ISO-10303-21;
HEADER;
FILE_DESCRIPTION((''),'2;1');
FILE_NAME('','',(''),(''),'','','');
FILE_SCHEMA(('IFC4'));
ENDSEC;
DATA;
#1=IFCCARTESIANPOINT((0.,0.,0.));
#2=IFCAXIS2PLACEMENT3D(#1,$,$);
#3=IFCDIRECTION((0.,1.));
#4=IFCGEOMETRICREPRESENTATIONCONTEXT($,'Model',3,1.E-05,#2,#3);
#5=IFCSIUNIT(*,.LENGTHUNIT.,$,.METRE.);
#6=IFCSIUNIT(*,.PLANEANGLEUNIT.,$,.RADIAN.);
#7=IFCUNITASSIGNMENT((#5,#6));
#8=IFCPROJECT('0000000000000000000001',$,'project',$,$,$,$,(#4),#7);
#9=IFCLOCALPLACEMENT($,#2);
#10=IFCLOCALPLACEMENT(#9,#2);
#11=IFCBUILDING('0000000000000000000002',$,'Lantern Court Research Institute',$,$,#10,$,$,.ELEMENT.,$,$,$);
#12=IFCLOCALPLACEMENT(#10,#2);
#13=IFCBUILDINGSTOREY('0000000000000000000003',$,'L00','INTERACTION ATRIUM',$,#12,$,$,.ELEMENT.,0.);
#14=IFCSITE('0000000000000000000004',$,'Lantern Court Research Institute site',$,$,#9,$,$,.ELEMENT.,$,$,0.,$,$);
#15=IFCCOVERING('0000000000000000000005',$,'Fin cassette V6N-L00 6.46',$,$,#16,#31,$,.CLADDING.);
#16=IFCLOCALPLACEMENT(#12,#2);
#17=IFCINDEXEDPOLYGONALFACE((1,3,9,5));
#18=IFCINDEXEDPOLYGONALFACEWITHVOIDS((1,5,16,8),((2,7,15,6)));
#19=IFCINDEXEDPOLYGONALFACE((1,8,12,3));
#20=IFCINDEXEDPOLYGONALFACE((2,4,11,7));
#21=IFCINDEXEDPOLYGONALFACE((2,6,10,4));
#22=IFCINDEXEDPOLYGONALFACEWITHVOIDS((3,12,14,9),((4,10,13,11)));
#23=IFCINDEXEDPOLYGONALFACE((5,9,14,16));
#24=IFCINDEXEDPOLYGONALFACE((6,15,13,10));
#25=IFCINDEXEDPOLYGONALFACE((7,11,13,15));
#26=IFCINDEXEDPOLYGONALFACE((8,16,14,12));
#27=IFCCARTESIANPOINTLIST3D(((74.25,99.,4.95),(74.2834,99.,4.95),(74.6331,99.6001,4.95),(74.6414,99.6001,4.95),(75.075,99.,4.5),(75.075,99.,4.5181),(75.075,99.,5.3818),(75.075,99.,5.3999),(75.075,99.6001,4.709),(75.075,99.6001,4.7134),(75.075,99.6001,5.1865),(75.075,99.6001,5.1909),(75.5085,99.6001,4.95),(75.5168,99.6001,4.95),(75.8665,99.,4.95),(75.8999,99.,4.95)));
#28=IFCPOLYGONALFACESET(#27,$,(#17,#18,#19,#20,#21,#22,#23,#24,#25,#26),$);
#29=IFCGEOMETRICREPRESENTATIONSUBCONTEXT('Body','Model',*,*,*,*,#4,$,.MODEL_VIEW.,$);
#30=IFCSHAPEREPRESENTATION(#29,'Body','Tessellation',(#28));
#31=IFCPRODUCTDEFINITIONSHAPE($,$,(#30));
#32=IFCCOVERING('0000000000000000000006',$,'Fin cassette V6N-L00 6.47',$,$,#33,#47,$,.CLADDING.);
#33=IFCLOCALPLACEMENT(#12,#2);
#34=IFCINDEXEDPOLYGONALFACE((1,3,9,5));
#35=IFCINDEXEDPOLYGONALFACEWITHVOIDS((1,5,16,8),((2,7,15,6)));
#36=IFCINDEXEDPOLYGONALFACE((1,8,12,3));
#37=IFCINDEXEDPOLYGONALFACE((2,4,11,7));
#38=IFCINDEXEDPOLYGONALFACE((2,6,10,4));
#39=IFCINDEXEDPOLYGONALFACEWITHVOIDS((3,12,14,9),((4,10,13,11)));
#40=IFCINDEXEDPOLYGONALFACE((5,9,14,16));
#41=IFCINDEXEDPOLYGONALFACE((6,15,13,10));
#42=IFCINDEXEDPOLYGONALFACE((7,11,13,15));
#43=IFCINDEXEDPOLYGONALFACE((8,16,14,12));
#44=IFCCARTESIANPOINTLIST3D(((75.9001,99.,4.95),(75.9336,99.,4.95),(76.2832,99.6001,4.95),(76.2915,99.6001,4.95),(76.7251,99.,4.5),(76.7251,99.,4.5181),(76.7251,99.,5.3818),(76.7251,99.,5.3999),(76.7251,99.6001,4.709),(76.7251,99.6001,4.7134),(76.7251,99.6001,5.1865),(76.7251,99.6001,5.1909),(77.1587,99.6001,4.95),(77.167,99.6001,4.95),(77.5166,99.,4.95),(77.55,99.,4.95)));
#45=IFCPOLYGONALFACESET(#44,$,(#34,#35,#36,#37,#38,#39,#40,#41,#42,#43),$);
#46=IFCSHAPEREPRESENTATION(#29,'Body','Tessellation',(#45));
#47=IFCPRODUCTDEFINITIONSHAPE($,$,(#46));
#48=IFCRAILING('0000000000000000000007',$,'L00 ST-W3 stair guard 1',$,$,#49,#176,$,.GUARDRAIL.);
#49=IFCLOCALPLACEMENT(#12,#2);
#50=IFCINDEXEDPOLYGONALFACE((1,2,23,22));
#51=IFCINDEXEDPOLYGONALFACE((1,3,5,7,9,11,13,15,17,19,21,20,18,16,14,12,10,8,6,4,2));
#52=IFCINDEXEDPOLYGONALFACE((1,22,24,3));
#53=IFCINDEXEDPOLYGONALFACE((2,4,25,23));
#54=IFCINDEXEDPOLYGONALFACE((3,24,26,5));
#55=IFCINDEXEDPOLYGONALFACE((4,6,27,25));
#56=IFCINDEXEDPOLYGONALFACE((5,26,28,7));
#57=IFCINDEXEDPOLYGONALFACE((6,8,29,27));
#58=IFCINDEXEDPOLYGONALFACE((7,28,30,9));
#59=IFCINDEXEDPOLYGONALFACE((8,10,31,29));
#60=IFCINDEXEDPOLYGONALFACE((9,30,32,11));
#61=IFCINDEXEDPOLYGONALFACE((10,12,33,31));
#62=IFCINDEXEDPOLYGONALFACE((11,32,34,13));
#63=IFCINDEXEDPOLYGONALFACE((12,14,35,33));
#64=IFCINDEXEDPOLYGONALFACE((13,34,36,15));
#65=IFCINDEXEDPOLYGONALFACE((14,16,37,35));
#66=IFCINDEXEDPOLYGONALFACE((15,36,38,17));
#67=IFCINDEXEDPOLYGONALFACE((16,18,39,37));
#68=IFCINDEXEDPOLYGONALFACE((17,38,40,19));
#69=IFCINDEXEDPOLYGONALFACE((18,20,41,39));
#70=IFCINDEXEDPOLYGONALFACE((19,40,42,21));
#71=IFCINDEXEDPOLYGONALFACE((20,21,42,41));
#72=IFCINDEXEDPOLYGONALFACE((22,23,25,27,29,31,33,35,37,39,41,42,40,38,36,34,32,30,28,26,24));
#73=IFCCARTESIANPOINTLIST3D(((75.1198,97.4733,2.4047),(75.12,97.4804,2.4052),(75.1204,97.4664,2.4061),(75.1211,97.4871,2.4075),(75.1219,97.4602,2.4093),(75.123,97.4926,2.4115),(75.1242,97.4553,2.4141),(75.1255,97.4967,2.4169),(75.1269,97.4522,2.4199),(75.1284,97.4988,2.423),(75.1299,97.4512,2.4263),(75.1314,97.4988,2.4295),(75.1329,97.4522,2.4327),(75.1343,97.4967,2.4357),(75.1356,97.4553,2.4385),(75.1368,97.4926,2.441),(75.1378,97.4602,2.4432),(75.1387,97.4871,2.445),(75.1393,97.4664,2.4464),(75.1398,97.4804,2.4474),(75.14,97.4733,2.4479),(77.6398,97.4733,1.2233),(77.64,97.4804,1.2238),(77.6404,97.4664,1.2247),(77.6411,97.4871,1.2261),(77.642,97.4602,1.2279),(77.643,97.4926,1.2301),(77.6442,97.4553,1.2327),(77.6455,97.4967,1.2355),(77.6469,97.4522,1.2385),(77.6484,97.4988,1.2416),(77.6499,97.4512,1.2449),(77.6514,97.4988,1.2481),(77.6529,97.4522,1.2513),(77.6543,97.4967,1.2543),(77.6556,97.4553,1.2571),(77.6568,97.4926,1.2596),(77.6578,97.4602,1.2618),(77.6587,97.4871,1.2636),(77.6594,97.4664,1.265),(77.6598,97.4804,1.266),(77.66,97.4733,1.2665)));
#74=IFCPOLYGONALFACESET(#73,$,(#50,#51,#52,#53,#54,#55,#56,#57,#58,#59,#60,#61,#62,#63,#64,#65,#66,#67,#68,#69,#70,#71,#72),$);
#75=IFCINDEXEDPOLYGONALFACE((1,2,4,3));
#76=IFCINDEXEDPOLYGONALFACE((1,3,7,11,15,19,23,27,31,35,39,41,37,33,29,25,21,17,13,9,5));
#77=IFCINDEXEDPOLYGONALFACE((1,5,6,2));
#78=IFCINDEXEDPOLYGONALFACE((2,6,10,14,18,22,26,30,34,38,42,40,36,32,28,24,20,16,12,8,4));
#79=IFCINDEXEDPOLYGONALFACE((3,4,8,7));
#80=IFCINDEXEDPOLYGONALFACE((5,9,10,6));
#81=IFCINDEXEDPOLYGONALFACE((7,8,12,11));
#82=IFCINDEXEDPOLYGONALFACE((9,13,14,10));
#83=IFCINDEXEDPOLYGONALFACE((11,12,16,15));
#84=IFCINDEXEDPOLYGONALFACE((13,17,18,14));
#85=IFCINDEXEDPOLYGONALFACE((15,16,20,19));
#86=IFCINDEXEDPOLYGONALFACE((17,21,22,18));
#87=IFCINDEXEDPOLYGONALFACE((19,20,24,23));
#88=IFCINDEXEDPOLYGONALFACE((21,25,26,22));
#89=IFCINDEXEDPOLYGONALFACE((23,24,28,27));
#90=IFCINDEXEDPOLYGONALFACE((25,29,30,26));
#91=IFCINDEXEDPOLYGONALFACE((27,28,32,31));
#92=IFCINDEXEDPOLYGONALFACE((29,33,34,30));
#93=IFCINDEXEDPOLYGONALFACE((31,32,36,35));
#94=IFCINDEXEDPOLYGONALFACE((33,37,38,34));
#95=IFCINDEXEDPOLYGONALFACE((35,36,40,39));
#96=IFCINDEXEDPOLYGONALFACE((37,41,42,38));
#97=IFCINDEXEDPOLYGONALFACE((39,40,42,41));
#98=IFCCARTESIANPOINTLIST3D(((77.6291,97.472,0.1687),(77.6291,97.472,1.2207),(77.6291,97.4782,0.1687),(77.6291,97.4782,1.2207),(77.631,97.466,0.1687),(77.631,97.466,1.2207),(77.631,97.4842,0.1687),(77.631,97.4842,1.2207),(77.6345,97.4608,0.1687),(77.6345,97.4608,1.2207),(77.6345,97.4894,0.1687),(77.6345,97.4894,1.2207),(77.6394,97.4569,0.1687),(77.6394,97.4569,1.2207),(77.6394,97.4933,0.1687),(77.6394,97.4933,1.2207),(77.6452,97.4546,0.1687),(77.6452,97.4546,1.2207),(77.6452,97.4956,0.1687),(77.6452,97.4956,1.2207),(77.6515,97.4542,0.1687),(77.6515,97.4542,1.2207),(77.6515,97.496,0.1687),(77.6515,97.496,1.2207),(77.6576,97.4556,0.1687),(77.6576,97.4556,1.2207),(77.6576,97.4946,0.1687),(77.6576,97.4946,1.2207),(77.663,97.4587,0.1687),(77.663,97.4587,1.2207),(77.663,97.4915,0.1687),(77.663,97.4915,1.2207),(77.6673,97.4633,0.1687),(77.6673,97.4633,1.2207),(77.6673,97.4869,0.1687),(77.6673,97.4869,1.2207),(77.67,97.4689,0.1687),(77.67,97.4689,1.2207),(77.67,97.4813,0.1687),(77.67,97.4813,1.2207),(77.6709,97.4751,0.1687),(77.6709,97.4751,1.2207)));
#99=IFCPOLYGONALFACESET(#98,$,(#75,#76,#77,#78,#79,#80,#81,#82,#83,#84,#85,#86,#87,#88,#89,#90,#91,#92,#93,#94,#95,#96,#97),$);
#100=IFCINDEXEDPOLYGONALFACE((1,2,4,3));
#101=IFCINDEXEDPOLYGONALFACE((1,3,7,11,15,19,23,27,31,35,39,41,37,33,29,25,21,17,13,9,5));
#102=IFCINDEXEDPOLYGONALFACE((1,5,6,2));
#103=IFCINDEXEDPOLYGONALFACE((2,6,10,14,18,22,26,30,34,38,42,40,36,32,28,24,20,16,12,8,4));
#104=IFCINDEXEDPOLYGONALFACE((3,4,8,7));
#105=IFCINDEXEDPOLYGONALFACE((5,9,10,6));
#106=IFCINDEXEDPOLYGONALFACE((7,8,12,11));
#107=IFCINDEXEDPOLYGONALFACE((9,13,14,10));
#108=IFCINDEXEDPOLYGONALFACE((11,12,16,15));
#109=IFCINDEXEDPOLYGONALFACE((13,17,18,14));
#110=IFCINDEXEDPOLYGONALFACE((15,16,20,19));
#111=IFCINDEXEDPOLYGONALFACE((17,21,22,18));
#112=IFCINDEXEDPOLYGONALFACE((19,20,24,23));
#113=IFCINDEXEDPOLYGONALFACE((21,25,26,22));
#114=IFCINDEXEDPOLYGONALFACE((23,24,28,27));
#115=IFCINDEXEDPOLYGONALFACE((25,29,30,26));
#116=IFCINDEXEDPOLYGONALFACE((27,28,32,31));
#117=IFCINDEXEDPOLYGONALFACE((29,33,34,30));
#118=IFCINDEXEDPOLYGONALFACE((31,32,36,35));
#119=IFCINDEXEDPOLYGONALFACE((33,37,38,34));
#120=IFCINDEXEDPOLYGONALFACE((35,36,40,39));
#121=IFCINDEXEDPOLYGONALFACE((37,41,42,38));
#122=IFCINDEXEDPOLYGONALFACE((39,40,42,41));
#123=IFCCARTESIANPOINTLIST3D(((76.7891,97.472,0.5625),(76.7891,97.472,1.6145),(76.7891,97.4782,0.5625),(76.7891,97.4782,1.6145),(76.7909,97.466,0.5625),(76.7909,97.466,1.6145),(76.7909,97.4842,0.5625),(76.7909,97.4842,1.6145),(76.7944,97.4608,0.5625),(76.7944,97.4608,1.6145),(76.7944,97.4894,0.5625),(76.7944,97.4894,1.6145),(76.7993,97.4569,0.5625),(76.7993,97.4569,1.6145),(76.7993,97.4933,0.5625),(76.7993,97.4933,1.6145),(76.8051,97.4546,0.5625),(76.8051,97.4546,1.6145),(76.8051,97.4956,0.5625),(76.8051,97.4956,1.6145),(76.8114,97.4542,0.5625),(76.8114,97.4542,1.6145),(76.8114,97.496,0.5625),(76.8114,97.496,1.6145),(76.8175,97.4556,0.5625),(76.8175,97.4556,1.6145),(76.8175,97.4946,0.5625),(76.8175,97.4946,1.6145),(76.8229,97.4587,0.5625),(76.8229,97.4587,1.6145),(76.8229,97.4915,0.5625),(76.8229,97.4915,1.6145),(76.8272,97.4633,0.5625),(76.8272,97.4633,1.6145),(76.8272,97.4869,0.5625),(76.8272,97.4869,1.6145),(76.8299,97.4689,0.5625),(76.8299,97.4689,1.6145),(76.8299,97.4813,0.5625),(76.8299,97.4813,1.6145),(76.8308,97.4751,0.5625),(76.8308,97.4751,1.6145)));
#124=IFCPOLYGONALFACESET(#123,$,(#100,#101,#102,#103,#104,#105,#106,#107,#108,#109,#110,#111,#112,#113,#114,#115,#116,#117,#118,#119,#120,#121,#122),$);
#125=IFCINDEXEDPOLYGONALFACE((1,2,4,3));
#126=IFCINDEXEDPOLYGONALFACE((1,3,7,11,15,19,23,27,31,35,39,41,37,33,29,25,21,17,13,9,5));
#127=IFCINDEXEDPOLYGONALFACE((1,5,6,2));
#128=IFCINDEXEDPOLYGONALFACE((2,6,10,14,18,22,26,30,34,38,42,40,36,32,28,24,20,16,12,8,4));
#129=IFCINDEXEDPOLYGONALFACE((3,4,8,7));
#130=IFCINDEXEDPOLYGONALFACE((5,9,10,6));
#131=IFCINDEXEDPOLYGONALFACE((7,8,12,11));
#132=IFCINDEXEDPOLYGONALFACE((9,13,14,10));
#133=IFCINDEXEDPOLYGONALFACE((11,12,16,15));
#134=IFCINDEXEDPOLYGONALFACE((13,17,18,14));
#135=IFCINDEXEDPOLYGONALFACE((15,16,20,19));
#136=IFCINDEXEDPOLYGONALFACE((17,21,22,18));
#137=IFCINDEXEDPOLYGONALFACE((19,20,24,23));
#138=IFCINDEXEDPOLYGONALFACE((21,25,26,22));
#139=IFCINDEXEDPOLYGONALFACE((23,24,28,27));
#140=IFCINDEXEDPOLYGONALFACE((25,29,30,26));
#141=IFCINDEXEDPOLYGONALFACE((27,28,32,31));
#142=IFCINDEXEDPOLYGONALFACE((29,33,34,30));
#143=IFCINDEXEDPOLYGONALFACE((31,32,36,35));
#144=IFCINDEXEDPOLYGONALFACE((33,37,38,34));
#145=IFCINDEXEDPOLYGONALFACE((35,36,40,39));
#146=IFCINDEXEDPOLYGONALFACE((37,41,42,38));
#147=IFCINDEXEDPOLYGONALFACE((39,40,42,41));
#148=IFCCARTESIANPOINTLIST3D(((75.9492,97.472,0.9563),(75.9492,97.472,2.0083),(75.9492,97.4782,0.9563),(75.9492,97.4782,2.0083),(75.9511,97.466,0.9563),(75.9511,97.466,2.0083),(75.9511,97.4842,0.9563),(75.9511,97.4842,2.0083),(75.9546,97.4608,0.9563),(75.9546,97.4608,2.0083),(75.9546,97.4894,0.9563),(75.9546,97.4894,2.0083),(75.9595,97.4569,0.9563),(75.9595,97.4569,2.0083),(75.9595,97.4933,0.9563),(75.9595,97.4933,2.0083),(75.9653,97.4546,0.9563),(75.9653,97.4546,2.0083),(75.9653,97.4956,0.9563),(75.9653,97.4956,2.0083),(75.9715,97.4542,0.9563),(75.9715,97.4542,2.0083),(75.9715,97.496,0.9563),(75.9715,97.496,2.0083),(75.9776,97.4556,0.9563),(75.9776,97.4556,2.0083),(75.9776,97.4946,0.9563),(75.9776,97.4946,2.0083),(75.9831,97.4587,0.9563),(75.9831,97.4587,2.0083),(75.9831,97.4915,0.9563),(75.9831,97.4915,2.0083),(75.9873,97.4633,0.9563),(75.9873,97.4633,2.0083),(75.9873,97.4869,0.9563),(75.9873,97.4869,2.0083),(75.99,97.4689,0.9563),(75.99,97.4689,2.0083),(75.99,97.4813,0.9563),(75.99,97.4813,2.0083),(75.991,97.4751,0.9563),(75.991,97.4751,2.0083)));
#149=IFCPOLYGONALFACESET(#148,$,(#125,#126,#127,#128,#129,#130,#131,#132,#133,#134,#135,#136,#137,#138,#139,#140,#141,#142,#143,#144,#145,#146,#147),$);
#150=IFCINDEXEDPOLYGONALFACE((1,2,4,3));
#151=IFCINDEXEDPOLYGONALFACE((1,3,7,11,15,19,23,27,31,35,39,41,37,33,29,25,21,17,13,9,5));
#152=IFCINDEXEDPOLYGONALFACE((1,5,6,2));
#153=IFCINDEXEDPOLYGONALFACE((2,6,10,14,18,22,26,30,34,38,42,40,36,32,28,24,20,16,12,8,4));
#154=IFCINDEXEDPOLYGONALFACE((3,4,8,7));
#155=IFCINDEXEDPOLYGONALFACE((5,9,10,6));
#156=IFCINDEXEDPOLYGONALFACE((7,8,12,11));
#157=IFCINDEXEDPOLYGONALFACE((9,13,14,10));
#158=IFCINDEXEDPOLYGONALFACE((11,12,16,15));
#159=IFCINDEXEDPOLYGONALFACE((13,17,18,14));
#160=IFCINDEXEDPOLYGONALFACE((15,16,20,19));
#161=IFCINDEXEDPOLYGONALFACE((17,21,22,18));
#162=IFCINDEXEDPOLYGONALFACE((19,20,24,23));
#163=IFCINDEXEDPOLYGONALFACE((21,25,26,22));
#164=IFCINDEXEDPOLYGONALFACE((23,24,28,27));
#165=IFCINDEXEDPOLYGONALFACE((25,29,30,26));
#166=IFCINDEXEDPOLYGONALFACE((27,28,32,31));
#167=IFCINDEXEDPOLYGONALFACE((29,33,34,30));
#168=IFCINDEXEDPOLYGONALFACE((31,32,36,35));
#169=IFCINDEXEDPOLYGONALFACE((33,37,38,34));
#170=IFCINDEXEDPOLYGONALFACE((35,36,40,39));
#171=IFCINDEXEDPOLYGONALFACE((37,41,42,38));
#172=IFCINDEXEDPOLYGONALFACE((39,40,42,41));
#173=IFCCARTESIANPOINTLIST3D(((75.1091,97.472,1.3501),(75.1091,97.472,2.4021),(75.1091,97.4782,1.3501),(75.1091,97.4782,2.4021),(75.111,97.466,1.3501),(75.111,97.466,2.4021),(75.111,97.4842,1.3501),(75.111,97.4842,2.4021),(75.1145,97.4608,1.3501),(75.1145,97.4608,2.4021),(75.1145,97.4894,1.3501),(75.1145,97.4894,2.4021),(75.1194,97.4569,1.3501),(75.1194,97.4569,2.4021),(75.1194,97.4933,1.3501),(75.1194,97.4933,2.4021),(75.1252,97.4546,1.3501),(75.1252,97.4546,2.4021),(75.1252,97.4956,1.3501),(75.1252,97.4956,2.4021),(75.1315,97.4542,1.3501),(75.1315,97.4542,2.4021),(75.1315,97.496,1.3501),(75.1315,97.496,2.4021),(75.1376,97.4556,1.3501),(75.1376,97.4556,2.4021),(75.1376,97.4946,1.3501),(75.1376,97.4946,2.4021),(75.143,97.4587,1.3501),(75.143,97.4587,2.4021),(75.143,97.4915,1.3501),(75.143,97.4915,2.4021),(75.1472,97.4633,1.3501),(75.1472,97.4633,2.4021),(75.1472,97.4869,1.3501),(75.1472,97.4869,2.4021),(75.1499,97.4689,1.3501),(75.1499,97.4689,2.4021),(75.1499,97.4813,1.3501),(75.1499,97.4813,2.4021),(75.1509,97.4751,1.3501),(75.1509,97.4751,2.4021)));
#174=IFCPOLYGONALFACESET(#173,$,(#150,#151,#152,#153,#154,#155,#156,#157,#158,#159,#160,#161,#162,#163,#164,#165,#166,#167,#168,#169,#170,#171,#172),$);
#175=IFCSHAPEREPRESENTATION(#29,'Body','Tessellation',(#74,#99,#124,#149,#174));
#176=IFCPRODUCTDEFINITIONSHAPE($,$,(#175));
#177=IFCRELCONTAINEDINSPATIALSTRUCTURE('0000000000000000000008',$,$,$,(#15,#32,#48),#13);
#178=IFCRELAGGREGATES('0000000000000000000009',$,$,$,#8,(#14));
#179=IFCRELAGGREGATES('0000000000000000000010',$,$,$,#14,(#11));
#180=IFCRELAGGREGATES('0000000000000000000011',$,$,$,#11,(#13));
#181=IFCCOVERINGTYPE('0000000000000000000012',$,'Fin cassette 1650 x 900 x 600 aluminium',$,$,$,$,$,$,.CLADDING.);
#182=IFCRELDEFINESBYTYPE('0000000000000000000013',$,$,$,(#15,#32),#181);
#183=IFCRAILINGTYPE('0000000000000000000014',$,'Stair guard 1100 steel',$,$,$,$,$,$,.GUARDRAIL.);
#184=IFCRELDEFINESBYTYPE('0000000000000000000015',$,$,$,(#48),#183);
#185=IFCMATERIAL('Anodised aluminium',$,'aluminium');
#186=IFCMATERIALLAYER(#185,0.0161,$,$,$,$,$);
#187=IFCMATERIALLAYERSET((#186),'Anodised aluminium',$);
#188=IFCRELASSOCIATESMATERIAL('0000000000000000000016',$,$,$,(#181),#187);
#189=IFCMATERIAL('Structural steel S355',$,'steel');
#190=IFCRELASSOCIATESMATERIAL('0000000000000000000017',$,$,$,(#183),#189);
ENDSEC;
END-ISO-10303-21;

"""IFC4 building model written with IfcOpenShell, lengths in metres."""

from ifc_helpers import new_model, entity, si_unit, direction, frame, origin, origin_2d, place, context, subcontext, project, spatial, circle, extrude, material, layer, layer_set, type_object, element, save


model = new_model("IFC4")

# Units and contexts
model_context = context("Model", 3, precision=1e-05, world=origin(), true_north=direction((0.0, 1.0)))
body_context = subcontext(model_context, "Body", "Model", "MODEL_VIEW")
ifc_project = project(units=[si_unit("LENGTHUNIT", "METRE"), si_unit("PLANEANGLEUNIT", "RADIAN")], contexts=[model_context])

# Site, building, storey
site_placement = place(None, origin())
site = spatial("IfcSite", under=ifc_project, at=site_placement, Name="Lantern Court Research Institute site", CompositionType="ELEMENT", RefElevation=0.0)
building_placement = place(site_placement, origin())
building = spatial("IfcBuilding", under=site, at=building_placement, Name="Lantern Court Research Institute", CompositionType="ELEMENT")
storey_placement = place(building_placement, origin())
storey = spatial("IfcBuildingStorey", under=building, at=storey_placement, Name="L00", Description="INTERACTION ATRIUM", CompositionType="ELEMENT", Elevation=0.0)

# Coverings
ifc_material_1 = material(Name="Anodised aluminium", Category="aluminium")
ifc_layer = layer(ifc_material_1, 0.0161)
ifc_layer_set = layer_set([ifc_layer], Name="Anodised aluminium")
covering_type = type_object("IfcCoveringType", Name="Fin cassette 1650 x 900 x 600 aluminium", PredefinedType="CLADDING", material=ifc_layer_set)
covering_1_placement = place(storey_placement, frame((75.075, 99.0, 4.95), z_axis=(0.0, 1.0, 0.0), x_axis=(-1.0, 0.0, 0.0)))
cartesian_point_1 = entity("IfcCartesianPoint", [0.825, 0.0])
cartesian_point_2 = entity("IfcCartesianPoint", [0.7915, 0.0])
cartesian_point_3 = entity("IfcCartesianPoint", [0.4419, 0.0])
cartesian_point_4 = entity("IfcCartesianPoint", [0.4336, 0.0])
element("IfcCovering", 1, at=covering_1_placement, inside=storey, type_object=covering_type, Name="Fin cassette V6N-L00 6.46", PredefinedType="CLADDING", context=body_context, shape_type="SweptSolid", body=[
    entity("IfcExtrudedAreaSolidTapered", entity("IfcArbitraryProfileDefWithVoids", "AREA", None, entity("IfcPolyline", [cartesian_point_1, entity("IfcCartesianPoint", [0.0, 0.45]), entity("IfcCartesianPoint", [-0.825, 0.0]), entity("IfcCartesianPoint", [0.0, -0.45]), cartesian_point_1]), [entity("IfcPolyline", [cartesian_point_2, entity("IfcCartesianPoint", [0.0, 0.4319]), entity("IfcCartesianPoint", [-0.7915, 0.0]), entity("IfcCartesianPoint", [0.0, -0.4319]), cartesian_point_2])]), entity("IfcAxis2Placement3D", entity("IfcCartesianPoint", [0.0, 0.0, 0.0])), entity("IfcDirection", [0.0, 0.0, 1.0]), 0.6001, entity("IfcArbitraryProfileDefWithVoids", "AREA", None, entity("IfcPolyline", [cartesian_point_3, entity("IfcCartesianPoint", [0.0, 0.241]), entity("IfcCartesianPoint", [-0.4419, 0.0]), entity("IfcCartesianPoint", [0.0, -0.241]), cartesian_point_3]), [entity("IfcPolyline", [cartesian_point_4, entity("IfcCartesianPoint", [0.0, 0.2366]), entity("IfcCartesianPoint", [-0.4336, 0.0]), entity("IfcCartesianPoint", [0.0, -0.2366]), cartesian_point_4])])),
])
covering_2_placement = place(storey_placement, frame((76.7251, 99.0, 4.95), z_axis=(0.0, 1.0, 0.0), x_axis=(-1.0, 0.0, 0.0)))
cartesian_point_5 = entity("IfcCartesianPoint", [0.825, 0.0])
cartesian_point_6 = entity("IfcCartesianPoint", [0.7915, 0.0])
cartesian_point_7 = entity("IfcCartesianPoint", [0.4419, 0.0])
cartesian_point_8 = entity("IfcCartesianPoint", [0.4336, 0.0])
element("IfcCovering", 2, at=covering_2_placement, inside=storey, type_object=covering_type, Name="Fin cassette V6N-L00 6.47", PredefinedType="CLADDING", context=body_context, shape_type="SweptSolid", body=[
    entity("IfcExtrudedAreaSolidTapered", entity("IfcArbitraryProfileDefWithVoids", "AREA", None, entity("IfcPolyline", [cartesian_point_5, entity("IfcCartesianPoint", [0.0, 0.45]), entity("IfcCartesianPoint", [-0.825, 0.0]), entity("IfcCartesianPoint", [0.0, -0.45]), cartesian_point_5]), [entity("IfcPolyline", [cartesian_point_6, entity("IfcCartesianPoint", [0.0, 0.4319]), entity("IfcCartesianPoint", [-0.7915, 0.0]), entity("IfcCartesianPoint", [0.0, -0.4319]), cartesian_point_6])]), entity("IfcAxis2Placement3D", entity("IfcCartesianPoint", [0.0, 0.0, 0.0])), entity("IfcDirection", [0.0, 0.0, 1.0]), 0.6001, entity("IfcArbitraryProfileDefWithVoids", "AREA", None, entity("IfcPolyline", [cartesian_point_7, entity("IfcCartesianPoint", [0.0, 0.241]), entity("IfcCartesianPoint", [-0.4419, 0.0]), entity("IfcCartesianPoint", [0.0, -0.241]), cartesian_point_7]), [entity("IfcPolyline", [cartesian_point_8, entity("IfcCartesianPoint", [0.0, 0.2366]), entity("IfcCartesianPoint", [-0.4336, 0.0]), entity("IfcCartesianPoint", [0.0, -0.2366]), cartesian_point_8])])),
])

# Railing
ifc_material_2 = material(Name="Structural steel S355", Category="steel")
railing_type_1 = type_object("IfcRailingType", Name="Stair guard 1100 steel", PredefinedType="GUARDRAIL", material=ifc_material_2)
railing_1_placement = place(storey_placement, frame((77.6499, 97.4751, 0.1687)))
element("IfcRailing", 3, at=railing_1_placement, inside=storey, type_object=railing_type_1, Name="L00 ST-W3 stair guard 1", PredefinedType="GUARDRAIL", context=body_context, shape_type="SweptSolid", body=[
    extrude(circle(Radius=0.0239, at=origin_2d()), frame((0.0, 0.0, 1.0762), z_axis=(-0.90544, 0.0, 0.424474), x_axis=(0.0, -1.0, 0.0)), (0.0, 0.0, 1.0), 2.7832),
    extrude(circle(Radius=0.021, at=origin_2d()), origin(), (0.0, 0.0, 1.0), 1.052),
    extrude(circle(Radius=0.021, at=origin_2d()), frame((-0.8401, 0.0, 0.3938)), (0.0, 0.0, 1.0), 1.052),
    extrude(circle(Radius=0.021, at=origin_2d()), frame((-1.6799, 0.0, 0.7876)), (0.0, 0.0, 1.0), 1.052),
    extrude(circle(Radius=0.021, at=origin_2d()), frame((-2.52, 0.0, 1.1814)), (0.0, 0.0, 1.0), 1.052),
])

save(model, "model.ifc")
